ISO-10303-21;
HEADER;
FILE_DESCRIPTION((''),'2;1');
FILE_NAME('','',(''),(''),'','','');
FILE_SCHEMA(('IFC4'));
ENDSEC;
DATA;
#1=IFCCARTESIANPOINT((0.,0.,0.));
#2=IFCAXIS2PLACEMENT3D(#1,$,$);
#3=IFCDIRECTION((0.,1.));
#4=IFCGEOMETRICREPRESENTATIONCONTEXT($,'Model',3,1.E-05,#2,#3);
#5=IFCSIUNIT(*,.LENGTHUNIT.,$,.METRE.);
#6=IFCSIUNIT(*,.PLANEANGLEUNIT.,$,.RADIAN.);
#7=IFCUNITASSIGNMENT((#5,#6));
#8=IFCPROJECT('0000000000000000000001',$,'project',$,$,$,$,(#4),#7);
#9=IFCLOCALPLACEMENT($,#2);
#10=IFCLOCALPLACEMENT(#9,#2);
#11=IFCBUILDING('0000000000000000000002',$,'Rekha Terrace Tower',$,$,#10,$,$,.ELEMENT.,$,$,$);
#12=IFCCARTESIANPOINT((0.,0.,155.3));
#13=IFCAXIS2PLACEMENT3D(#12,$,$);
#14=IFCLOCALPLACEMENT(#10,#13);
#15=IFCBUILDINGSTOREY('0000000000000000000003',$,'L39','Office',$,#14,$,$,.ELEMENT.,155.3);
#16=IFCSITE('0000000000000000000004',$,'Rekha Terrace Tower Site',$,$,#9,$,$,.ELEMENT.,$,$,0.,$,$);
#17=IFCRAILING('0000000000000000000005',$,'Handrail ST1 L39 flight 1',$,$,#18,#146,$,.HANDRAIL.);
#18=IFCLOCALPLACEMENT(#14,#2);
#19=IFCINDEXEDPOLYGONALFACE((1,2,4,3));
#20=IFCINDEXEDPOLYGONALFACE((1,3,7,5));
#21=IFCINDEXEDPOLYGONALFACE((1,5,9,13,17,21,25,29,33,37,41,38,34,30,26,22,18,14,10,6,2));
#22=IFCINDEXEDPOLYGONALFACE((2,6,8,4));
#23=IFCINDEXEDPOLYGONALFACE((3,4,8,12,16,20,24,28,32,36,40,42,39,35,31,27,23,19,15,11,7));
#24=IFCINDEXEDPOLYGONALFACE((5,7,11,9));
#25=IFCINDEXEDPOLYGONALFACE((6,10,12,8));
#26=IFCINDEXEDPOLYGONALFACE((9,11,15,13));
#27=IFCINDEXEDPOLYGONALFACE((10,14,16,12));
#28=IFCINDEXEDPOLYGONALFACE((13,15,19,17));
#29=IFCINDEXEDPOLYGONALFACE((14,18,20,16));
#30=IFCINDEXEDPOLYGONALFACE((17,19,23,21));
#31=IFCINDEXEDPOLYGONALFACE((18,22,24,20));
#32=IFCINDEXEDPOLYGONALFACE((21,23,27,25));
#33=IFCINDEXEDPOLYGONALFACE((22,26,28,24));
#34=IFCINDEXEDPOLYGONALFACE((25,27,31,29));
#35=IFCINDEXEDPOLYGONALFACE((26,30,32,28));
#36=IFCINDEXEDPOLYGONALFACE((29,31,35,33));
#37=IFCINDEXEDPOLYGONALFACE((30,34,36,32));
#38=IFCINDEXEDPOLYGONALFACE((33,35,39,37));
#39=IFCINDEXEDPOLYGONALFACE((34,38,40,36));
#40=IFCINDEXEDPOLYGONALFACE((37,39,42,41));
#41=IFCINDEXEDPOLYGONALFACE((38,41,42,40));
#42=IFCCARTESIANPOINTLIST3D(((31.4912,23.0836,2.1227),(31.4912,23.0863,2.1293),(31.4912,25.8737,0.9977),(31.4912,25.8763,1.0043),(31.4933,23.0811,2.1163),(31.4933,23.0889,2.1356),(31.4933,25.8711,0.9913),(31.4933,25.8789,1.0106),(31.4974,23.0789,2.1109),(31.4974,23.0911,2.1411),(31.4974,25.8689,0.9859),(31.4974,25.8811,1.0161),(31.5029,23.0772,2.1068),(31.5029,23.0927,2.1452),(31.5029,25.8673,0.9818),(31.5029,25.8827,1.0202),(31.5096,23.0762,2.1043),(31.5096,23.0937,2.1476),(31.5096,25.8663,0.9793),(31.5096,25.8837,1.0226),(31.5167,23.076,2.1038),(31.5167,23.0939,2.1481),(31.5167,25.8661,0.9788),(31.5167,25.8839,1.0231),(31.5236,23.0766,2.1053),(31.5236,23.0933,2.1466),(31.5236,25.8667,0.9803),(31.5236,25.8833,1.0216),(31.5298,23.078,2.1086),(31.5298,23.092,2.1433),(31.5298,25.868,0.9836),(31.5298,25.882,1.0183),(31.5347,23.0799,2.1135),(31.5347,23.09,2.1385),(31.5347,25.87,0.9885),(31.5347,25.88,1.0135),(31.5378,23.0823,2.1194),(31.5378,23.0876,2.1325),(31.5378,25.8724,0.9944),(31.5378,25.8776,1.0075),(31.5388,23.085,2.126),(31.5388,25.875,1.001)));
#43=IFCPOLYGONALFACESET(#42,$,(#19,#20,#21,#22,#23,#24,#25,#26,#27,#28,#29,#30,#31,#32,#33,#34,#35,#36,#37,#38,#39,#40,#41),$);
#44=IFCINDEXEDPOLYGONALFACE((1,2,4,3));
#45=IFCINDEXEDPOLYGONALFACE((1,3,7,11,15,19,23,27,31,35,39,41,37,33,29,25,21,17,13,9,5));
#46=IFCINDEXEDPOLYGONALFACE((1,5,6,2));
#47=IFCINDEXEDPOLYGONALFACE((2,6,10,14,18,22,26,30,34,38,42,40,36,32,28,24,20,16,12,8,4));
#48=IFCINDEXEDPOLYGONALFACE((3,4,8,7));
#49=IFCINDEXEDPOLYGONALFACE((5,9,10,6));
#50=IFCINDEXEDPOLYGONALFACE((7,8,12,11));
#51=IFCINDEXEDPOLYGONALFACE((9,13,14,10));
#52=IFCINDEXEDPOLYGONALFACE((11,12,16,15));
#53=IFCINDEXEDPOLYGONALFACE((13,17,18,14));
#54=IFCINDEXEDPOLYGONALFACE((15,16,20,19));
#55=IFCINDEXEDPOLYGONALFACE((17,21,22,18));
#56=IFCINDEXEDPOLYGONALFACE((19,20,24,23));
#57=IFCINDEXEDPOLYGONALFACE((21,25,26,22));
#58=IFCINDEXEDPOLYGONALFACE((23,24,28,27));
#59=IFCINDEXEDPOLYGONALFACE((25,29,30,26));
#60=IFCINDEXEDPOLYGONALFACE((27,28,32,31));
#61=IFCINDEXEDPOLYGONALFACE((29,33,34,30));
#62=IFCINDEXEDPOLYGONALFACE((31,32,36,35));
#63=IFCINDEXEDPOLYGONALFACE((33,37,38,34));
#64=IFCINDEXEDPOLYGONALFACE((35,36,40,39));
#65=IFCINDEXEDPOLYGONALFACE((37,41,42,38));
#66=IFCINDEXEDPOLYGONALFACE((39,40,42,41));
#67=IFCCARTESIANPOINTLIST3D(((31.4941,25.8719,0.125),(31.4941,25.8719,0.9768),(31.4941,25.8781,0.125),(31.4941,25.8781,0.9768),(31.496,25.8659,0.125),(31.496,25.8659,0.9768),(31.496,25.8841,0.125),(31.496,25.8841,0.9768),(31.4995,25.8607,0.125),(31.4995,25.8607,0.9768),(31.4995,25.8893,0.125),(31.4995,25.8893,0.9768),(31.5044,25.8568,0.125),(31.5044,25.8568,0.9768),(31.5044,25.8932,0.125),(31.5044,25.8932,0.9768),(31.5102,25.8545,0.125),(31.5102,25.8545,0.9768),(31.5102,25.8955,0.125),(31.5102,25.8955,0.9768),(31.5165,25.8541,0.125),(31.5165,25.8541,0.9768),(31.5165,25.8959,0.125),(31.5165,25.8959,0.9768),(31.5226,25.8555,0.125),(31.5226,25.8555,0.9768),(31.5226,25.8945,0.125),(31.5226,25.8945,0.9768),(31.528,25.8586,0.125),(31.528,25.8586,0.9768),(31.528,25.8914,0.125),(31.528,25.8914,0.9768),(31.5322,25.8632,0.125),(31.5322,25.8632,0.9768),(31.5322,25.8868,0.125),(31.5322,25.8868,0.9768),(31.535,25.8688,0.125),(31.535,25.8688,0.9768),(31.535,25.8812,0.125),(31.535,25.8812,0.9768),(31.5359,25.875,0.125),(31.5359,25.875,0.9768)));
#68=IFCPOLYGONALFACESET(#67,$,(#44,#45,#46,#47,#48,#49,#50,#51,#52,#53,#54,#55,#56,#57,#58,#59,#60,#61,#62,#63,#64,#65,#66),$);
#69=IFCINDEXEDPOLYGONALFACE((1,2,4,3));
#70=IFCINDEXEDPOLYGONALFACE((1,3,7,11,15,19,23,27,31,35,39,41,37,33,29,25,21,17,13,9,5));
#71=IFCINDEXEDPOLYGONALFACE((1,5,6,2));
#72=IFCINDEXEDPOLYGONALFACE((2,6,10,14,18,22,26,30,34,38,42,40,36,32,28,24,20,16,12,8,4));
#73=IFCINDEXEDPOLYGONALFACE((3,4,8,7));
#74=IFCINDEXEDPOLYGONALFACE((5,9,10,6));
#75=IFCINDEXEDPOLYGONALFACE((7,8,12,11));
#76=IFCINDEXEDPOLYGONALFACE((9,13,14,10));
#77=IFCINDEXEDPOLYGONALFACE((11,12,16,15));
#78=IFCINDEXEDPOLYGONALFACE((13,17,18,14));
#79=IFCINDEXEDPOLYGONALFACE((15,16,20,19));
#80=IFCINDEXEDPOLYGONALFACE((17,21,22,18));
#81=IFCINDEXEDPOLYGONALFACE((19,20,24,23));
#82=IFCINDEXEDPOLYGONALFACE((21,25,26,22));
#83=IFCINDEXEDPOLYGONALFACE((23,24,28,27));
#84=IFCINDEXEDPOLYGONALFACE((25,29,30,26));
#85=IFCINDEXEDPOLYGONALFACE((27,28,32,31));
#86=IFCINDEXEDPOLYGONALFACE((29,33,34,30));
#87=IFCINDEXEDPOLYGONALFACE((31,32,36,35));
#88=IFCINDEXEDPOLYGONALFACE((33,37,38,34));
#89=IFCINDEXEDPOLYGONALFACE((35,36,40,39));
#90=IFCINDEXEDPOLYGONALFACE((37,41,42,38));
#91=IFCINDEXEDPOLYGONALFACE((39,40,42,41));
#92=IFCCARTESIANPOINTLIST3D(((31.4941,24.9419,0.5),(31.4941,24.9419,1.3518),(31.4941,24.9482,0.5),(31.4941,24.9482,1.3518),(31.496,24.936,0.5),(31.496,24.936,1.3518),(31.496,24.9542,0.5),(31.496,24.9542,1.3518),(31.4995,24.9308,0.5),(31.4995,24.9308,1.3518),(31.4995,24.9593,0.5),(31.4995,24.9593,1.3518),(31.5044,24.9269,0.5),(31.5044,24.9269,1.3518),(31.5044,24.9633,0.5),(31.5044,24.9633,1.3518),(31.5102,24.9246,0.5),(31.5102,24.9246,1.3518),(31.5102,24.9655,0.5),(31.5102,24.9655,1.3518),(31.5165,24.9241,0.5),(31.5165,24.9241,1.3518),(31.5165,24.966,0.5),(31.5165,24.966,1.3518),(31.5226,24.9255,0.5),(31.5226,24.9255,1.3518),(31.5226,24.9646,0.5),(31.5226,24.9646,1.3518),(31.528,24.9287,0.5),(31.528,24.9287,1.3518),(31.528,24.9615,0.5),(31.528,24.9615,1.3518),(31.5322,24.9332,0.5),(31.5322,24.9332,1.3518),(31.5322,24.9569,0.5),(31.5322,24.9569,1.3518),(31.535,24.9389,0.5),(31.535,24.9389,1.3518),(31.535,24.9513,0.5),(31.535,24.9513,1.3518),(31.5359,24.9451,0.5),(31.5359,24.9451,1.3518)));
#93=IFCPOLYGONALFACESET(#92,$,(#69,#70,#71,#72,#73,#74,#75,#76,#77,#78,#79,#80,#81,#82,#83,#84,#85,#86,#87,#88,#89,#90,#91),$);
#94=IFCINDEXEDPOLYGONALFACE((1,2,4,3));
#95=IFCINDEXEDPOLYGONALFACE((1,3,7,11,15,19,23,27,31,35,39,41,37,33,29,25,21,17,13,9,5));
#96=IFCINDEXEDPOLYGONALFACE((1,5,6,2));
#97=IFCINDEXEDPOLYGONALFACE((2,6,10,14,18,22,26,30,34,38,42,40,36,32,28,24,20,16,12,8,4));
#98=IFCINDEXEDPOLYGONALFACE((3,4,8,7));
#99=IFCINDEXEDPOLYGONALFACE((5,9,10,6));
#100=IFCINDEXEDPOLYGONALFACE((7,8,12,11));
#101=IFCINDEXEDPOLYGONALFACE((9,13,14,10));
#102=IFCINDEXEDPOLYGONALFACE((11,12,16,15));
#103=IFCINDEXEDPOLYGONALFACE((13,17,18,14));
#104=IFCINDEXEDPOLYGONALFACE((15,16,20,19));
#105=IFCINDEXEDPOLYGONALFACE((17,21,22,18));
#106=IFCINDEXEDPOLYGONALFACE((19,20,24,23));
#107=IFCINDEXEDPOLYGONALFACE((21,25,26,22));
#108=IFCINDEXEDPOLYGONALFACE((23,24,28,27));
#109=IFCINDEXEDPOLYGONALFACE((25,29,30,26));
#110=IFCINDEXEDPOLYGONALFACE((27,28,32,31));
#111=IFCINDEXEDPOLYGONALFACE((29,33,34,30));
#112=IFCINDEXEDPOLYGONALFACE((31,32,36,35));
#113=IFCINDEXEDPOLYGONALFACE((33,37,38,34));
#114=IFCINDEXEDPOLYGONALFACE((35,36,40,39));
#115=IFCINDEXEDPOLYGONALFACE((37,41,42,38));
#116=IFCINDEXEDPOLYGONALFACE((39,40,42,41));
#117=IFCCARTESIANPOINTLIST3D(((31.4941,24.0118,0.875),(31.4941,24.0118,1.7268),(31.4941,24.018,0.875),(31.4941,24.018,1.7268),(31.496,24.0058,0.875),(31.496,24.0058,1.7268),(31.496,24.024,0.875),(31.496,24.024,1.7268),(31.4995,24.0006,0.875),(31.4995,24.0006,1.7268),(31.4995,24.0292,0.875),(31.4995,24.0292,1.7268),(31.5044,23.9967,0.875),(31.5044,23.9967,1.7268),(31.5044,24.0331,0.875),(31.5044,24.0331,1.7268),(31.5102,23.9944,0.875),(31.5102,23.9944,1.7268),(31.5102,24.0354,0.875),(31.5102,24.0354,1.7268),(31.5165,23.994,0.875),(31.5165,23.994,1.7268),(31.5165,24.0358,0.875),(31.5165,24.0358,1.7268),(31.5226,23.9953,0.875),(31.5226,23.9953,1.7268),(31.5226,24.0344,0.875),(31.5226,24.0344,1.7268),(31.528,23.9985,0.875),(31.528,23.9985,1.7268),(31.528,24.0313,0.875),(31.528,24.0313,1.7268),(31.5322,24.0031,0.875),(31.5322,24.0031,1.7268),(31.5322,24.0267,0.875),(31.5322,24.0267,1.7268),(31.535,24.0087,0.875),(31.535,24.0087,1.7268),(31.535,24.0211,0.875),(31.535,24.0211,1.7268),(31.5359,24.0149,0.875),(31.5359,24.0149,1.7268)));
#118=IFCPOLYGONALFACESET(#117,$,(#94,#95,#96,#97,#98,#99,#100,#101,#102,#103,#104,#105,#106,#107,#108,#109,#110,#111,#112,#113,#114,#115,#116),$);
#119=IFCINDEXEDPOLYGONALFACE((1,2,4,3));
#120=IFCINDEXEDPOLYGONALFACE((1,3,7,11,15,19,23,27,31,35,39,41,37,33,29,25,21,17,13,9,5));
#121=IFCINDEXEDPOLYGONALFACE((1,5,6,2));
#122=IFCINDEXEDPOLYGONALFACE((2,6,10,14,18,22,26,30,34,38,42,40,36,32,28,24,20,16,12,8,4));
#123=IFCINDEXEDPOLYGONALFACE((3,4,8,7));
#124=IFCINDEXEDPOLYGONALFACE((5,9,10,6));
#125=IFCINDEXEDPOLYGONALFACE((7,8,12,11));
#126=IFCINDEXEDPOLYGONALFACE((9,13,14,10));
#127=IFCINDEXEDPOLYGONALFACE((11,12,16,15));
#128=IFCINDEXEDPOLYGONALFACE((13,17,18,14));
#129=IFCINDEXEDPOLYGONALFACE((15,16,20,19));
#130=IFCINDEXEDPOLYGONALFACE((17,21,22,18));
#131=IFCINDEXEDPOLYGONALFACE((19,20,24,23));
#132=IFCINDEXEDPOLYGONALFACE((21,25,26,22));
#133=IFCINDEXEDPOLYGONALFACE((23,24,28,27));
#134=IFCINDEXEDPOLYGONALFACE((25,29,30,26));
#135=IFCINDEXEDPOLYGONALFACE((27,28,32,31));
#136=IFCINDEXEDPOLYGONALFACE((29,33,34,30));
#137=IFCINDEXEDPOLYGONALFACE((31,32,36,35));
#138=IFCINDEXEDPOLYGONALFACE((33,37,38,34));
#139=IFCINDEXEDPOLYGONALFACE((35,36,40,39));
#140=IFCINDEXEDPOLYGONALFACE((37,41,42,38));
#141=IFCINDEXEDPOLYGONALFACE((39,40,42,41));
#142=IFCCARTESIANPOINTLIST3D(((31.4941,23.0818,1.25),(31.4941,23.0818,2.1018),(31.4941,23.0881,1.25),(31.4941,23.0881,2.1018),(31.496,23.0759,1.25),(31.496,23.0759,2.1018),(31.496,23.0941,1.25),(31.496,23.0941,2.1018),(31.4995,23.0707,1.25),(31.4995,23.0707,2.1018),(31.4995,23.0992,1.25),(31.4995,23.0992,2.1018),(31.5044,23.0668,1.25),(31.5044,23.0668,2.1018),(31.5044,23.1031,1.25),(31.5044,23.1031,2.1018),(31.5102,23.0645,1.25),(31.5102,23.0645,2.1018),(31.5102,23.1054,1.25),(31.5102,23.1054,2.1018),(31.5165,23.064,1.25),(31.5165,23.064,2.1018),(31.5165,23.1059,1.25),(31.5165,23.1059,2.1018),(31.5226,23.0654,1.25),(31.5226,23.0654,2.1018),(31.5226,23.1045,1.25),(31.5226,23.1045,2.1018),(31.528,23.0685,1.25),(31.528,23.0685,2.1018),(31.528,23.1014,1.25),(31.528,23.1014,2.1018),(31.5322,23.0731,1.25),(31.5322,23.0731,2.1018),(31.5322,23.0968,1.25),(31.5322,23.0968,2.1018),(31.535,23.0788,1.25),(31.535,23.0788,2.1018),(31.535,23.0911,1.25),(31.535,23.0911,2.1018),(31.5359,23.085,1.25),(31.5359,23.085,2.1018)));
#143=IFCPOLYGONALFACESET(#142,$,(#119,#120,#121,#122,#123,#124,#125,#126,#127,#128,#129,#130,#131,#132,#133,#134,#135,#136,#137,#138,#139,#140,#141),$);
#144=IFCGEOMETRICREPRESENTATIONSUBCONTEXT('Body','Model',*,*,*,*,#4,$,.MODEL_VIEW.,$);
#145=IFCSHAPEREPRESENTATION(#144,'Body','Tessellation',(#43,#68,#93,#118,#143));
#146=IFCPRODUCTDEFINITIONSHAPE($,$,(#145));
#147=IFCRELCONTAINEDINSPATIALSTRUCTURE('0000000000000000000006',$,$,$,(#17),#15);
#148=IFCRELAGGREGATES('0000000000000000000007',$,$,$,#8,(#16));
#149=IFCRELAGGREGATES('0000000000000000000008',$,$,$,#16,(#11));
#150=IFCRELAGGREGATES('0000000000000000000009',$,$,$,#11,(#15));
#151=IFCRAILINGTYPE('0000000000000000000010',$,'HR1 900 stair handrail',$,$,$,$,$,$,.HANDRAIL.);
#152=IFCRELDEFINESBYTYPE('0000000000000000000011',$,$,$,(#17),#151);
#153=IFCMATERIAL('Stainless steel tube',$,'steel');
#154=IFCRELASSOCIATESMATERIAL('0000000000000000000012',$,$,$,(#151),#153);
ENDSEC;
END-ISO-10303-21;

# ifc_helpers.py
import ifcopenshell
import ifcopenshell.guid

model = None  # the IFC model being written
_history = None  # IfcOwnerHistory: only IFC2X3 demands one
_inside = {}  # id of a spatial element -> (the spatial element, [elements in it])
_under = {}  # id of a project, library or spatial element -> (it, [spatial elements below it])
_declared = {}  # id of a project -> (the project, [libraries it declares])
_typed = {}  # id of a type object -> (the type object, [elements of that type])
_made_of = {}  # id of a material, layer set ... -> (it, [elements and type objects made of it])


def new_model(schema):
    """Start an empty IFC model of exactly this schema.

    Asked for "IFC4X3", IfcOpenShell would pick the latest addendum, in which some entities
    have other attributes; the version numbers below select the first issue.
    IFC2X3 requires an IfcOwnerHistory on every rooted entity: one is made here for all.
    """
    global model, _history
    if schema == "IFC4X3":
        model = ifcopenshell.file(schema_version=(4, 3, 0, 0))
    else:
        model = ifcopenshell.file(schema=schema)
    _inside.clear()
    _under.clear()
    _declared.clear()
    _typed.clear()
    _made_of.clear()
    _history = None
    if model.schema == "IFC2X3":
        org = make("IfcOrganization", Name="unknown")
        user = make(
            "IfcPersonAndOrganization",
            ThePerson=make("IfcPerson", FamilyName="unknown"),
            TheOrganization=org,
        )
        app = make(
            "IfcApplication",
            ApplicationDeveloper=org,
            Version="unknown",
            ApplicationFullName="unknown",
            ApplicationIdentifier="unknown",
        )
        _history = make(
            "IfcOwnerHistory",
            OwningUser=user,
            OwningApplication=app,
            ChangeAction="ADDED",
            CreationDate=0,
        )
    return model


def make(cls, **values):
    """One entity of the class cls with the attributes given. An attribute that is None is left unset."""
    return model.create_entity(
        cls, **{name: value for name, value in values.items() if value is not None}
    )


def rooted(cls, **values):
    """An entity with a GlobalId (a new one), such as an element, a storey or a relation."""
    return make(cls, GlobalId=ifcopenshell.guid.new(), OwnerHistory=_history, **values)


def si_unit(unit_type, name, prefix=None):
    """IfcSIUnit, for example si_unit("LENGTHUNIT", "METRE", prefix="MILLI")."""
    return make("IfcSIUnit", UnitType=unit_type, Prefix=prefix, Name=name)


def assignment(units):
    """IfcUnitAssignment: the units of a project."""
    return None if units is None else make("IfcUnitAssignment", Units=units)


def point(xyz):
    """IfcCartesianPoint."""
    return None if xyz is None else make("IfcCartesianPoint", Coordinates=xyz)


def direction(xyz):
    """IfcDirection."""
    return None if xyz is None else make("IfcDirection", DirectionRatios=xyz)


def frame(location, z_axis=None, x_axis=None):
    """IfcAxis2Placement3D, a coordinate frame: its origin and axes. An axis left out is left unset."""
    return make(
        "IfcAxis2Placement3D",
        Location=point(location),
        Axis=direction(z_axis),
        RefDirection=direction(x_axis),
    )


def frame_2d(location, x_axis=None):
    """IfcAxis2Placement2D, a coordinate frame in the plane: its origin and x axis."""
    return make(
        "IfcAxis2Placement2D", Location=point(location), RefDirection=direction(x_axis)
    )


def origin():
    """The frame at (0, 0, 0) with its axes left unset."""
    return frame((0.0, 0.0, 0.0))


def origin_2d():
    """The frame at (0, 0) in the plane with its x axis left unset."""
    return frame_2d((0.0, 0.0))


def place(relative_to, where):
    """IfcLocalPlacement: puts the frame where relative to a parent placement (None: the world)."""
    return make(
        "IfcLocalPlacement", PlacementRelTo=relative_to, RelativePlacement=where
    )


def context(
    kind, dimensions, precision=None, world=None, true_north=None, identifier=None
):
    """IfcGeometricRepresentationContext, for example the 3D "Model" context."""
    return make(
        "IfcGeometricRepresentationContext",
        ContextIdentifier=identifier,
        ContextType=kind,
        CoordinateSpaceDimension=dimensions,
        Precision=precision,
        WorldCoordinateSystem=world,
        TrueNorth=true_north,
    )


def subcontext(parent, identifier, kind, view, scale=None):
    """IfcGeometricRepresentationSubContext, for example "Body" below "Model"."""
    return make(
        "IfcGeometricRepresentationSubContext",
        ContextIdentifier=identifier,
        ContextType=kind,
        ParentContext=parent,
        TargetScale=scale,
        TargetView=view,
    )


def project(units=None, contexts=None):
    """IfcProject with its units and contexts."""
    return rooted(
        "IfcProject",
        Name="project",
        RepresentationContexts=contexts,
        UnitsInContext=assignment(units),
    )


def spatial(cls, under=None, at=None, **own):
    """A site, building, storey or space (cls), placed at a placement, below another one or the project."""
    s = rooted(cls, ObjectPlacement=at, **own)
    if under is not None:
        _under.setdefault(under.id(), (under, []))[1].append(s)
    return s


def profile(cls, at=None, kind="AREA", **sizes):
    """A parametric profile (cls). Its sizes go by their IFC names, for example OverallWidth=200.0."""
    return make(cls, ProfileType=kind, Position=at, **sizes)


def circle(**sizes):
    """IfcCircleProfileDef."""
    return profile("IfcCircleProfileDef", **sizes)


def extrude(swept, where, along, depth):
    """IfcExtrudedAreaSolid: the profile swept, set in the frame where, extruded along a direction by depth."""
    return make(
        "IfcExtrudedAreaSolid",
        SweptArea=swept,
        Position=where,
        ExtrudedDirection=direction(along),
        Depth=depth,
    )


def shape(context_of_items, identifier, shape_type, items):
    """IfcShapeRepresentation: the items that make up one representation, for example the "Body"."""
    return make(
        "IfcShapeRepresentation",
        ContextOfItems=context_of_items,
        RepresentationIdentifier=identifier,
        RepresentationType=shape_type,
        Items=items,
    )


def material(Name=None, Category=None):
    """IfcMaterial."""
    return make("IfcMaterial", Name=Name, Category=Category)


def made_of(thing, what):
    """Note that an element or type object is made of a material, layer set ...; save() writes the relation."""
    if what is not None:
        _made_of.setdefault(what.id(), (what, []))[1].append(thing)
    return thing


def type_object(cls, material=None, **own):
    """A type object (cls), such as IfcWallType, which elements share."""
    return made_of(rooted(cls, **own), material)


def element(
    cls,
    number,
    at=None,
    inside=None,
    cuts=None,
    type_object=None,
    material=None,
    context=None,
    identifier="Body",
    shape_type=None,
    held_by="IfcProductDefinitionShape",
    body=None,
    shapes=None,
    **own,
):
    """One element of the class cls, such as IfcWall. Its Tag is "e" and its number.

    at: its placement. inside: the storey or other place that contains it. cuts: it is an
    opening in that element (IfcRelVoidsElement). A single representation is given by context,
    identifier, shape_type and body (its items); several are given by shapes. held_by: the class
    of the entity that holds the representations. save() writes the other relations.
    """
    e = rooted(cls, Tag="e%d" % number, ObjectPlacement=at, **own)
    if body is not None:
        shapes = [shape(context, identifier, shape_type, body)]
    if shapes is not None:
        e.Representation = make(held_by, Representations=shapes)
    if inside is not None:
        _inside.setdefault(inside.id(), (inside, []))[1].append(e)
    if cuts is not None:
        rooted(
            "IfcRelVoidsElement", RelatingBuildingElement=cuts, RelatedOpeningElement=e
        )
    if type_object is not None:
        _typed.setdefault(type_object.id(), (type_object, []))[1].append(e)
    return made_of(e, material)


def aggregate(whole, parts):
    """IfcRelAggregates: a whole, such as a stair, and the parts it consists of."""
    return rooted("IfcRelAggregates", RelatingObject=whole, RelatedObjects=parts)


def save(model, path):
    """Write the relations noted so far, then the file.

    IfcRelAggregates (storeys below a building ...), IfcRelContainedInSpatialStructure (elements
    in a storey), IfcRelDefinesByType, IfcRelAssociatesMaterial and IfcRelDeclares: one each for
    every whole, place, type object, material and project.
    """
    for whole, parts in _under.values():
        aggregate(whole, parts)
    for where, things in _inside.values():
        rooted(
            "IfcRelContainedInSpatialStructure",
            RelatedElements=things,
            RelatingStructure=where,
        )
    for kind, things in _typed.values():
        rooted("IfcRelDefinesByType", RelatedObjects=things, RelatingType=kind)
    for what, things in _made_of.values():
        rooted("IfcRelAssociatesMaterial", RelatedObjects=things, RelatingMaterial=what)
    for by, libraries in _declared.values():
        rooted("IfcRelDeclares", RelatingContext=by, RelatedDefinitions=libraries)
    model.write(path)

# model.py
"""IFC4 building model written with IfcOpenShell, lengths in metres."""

from ifc_helpers import new_model, si_unit, direction, frame, origin, origin_2d, place, context, subcontext, project, spatial, circle, extrude, material, type_object, element, save


model = new_model("IFC4")

# Units and contexts
model_context = context("Model", 3, precision=1e-05, world=origin(), true_north=direction((0.0, 1.0)))
body_context = subcontext(model_context, "Body", "Model", "MODEL_VIEW")
ifc_project = project(units=[si_unit("LENGTHUNIT", "METRE"), si_unit("PLANEANGLEUNIT", "RADIAN")], contexts=[model_context])

# Site, building, storey
site_placement = place(None, origin())
site = spatial("IfcSite", under=ifc_project, at=site_placement, Name="Rekha Terrace Tower Site", CompositionType="ELEMENT", RefElevation=0.0)
building_placement = place(site_placement, origin())
building = spatial("IfcBuilding", under=site, at=building_placement, Name="Rekha Terrace Tower", CompositionType="ELEMENT")
storey_placement = place(building_placement, frame((0.0, 0.0, 155.3)))
storey = spatial("IfcBuildingStorey", under=building, at=storey_placement, Name="L39", Description="Office", CompositionType="ELEMENT", Elevation=155.3)

# Railing
ifc_material_1 = material(Name="Stainless steel tube", Category="steel")
railing_type_1 = type_object("IfcRailingType", Name="HR1 900 stair handrail", PredefinedType="HANDRAIL", material=ifc_material_1)
railing_1_placement = place(storey_placement, frame((31.5149, 25.875, 0.125)))
element("IfcRailing", 1, at=railing_1_placement, inside=storey, type_object=railing_type_1, Name="Handrail ST1 L39 flight 1", PredefinedType="HANDRAIL", context=body_context, shape_type="SweptSolid", body=[
    extrude(circle(Radius=0.0239, at=origin_2d()), frame((0.0, 0.0, 0.876), z_axis=(0.0, -0.927443, 0.373964), x_axis=(1.0, 0.0, 0.0)), (0.0, 0.0, 1.0), 3.0083),
    extrude(circle(Radius=0.021, at=origin_2d()), origin(), (0.0, 0.0, 1.0), 0.8518),
    extrude(circle(Radius=0.021, at=origin_2d()), frame((0.0, -0.9299, 0.375)), (0.0, 0.0, 1.0), 0.8518),
    extrude(circle(Radius=0.021, at=origin_2d()), frame((0.0, -1.8601, 0.75)), (0.0, 0.0, 1.0), 0.8518),
    extrude(circle(Radius=0.021, at=origin_2d()), frame((0.0, -2.79, 1.125)), (0.0, 0.0, 1.0), 0.8518),
])

save(model, "model.ifc")
